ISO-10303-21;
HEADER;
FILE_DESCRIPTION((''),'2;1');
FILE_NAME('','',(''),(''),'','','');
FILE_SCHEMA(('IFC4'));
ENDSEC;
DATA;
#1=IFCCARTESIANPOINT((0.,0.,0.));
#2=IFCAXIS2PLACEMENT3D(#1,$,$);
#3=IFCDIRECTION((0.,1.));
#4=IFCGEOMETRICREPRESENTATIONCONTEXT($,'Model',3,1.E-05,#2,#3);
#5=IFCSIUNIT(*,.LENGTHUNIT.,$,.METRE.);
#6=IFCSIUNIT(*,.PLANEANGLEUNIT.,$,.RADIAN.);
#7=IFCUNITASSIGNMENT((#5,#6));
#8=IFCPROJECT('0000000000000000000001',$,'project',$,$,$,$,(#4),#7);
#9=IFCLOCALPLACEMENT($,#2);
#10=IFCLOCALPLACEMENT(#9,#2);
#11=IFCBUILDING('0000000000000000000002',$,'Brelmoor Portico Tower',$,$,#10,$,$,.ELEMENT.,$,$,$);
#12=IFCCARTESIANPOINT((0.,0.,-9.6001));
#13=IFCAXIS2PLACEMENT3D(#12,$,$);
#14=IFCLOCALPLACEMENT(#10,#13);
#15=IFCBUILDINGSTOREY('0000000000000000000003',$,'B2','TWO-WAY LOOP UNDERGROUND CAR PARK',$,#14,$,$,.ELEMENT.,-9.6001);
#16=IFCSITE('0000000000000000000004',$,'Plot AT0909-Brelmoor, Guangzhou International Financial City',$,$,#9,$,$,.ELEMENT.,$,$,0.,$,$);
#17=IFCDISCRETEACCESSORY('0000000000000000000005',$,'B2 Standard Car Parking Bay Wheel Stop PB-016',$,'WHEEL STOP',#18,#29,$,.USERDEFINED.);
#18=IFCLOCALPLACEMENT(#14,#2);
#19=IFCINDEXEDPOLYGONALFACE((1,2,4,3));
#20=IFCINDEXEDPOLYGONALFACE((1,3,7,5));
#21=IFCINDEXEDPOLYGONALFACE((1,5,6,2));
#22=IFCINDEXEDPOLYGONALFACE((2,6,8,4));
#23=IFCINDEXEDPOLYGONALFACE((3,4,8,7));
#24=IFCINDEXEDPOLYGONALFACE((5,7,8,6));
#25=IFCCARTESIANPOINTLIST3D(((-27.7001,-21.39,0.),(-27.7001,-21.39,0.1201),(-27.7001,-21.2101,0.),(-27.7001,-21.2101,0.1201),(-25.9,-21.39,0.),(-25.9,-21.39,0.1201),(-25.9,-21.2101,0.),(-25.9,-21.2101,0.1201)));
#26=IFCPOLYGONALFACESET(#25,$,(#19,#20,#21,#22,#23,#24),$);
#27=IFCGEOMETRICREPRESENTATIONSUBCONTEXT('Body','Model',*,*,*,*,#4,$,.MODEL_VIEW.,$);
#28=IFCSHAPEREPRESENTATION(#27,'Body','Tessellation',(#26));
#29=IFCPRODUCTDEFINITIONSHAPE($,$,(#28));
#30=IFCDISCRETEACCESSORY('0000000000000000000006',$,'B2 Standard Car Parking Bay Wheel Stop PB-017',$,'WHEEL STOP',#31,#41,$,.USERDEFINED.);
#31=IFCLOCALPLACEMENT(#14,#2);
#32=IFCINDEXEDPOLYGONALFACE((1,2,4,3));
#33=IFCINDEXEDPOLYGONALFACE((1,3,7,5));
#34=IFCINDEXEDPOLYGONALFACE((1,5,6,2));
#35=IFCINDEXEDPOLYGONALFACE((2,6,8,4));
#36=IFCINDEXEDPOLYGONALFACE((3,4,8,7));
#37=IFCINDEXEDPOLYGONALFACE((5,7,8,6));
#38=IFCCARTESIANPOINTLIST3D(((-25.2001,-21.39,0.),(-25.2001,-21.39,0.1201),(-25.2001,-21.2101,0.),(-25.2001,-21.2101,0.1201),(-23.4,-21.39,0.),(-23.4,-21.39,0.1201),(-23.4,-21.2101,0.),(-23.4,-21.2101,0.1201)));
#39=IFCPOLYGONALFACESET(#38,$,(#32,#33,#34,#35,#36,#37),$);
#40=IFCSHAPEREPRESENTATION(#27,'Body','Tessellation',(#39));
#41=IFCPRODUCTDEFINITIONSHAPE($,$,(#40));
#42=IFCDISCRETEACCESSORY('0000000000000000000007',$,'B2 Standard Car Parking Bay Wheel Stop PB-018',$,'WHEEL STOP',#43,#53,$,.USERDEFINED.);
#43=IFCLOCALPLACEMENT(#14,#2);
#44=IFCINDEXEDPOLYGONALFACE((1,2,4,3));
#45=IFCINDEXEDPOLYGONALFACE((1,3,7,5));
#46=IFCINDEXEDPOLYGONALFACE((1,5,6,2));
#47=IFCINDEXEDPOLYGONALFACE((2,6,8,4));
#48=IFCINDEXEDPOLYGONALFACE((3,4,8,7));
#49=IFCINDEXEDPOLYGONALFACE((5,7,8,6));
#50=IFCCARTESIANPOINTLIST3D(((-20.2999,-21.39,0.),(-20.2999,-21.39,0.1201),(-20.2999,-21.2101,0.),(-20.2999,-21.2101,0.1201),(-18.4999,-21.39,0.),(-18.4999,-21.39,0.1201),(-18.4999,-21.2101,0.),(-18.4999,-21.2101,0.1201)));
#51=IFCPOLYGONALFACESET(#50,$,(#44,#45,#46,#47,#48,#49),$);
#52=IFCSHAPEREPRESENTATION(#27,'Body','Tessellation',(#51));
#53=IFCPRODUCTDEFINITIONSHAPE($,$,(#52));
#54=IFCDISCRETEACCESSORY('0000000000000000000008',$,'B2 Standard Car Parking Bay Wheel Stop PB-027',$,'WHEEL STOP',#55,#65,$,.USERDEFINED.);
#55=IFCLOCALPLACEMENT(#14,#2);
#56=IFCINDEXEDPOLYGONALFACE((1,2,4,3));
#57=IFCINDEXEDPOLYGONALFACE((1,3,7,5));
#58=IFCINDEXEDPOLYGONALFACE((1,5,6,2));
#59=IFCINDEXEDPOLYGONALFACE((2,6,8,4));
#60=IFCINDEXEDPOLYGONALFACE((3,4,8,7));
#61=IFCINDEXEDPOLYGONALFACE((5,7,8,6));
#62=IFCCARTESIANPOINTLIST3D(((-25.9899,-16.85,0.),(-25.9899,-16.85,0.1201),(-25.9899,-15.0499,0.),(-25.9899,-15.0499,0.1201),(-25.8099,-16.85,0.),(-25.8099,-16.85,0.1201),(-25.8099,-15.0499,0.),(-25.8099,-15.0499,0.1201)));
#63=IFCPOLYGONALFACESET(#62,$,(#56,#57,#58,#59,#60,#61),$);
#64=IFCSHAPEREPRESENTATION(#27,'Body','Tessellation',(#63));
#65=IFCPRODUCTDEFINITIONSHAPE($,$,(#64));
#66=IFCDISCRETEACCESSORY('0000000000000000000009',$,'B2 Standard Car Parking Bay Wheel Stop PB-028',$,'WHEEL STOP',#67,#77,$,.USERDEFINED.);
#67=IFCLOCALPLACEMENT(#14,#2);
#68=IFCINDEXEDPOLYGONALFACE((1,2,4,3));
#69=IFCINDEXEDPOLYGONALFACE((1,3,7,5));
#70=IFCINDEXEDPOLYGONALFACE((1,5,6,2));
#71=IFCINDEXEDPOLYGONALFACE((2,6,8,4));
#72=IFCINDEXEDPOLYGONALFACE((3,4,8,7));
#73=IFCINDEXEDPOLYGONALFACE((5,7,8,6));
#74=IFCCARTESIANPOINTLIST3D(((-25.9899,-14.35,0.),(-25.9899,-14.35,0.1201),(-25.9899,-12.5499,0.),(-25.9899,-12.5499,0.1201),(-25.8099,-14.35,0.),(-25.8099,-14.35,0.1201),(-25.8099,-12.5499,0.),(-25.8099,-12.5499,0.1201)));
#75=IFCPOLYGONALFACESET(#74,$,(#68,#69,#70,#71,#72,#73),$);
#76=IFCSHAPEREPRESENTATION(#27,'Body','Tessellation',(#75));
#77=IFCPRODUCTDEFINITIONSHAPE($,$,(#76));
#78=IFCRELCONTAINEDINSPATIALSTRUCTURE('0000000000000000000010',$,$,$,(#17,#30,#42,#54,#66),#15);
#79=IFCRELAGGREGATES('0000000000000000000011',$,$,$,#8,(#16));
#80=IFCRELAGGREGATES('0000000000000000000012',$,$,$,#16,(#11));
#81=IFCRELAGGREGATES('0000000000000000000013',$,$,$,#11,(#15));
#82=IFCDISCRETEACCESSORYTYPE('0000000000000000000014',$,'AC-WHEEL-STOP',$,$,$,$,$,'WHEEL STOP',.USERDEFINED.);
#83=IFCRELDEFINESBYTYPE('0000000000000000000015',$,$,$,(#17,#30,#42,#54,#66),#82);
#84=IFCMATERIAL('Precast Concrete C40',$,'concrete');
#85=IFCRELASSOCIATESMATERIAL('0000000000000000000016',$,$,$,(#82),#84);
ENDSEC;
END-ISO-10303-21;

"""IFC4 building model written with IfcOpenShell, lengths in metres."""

from ifc_helpers import new_model, si_unit, direction, frame, origin, origin_2d, place, context, subcontext, project, spatial, rectangle, extrude, material, type_object, element, save


model = new_model("IFC4")

# Units and contexts
model_context = context("Model", 3, precision=1e-05, world=origin(), true_north=direction((0.0, 1.0)))
body_context = subcontext(model_context, "Body", "Model", "MODEL_VIEW")
ifc_project = project(units=[si_unit("LENGTHUNIT", "METRE"), si_unit("PLANEANGLEUNIT", "RADIAN")], contexts=[model_context])

# Site, building, storey
site_placement = place(None, origin())
site = spatial("IfcSite", under=ifc_project, at=site_placement, Name="Plot AT0909-Brelmoor, Guangzhou International Financial City", CompositionType="ELEMENT", RefElevation=0.0)
building_placement = place(site_placement, origin())
building = spatial("IfcBuilding", under=site, at=building_placement, Name="Brelmoor Portico Tower", CompositionType="ELEMENT")
storey_placement = place(building_placement, frame((0.0, 0.0, -9.6001)))
storey = spatial("IfcBuildingStorey", under=building, at=storey_placement, Name="B2", Description="TWO-WAY LOOP UNDERGROUND CAR PARK", CompositionType="ELEMENT", Elevation=-9.6001)

# Discrete accessories
ifc_material_1 = material(Name="Precast Concrete C40", Category="concrete")
discrete_accessory_type = type_object("IfcDiscreteAccessoryType", Name="AC-WHEEL-STOP", ElementType="WHEEL STOP", PredefinedType="USERDEFINED", material=ifc_material_1)
for number, where, z_axis, x_axis, name in (
    (1, (-26.8, -21.3, 0.0), (0.0, 0.0, 1.0), (1.0, 0.0, 0.0), "B2 Standard Car Parking Bay Wheel Stop PB-016"),
    (2, (-24.3, -21.3, 0.0), (0.0, 0.0, 1.0), (1.0, 0.0, 0.0), "B2 Standard Car Parking Bay Wheel Stop PB-017"),
    (3, (-19.3999, -21.3, 0.0), (0.0, 0.0, 1.0), (1.0, 0.0, 0.0), "B2 Standard Car Parking Bay Wheel Stop PB-018"),
    (4, (-25.8999, -15.95, 0.0), (0.0, 0.0, 1.0), (0.0, 1.0, 0.0), "B2 Standard Car Parking Bay Wheel Stop PB-027"),
    (5, (-25.8999, -13.45, 0.0), (0.0, 0.0, 1.0), (0.0, 1.0, 0.0), "B2 Standard Car Parking Bay Wheel Stop PB-028"),
):
    element("IfcDiscreteAccessory", number, at=place(storey_placement, frame(where, z_axis=z_axis, x_axis=x_axis)), inside=storey, type_object=discrete_accessory_type, Name=name, ObjectType="WHEEL STOP", PredefinedType="USERDEFINED", context=body_context, shape_type="SweptSolid", body=[
        extrude(rectangle(XDim=1.8, YDim=0.1799, at=origin_2d()), origin(), (0.0, 0.0, 1.0), 0.1201),
    ])

save(model, "model.ifc")
